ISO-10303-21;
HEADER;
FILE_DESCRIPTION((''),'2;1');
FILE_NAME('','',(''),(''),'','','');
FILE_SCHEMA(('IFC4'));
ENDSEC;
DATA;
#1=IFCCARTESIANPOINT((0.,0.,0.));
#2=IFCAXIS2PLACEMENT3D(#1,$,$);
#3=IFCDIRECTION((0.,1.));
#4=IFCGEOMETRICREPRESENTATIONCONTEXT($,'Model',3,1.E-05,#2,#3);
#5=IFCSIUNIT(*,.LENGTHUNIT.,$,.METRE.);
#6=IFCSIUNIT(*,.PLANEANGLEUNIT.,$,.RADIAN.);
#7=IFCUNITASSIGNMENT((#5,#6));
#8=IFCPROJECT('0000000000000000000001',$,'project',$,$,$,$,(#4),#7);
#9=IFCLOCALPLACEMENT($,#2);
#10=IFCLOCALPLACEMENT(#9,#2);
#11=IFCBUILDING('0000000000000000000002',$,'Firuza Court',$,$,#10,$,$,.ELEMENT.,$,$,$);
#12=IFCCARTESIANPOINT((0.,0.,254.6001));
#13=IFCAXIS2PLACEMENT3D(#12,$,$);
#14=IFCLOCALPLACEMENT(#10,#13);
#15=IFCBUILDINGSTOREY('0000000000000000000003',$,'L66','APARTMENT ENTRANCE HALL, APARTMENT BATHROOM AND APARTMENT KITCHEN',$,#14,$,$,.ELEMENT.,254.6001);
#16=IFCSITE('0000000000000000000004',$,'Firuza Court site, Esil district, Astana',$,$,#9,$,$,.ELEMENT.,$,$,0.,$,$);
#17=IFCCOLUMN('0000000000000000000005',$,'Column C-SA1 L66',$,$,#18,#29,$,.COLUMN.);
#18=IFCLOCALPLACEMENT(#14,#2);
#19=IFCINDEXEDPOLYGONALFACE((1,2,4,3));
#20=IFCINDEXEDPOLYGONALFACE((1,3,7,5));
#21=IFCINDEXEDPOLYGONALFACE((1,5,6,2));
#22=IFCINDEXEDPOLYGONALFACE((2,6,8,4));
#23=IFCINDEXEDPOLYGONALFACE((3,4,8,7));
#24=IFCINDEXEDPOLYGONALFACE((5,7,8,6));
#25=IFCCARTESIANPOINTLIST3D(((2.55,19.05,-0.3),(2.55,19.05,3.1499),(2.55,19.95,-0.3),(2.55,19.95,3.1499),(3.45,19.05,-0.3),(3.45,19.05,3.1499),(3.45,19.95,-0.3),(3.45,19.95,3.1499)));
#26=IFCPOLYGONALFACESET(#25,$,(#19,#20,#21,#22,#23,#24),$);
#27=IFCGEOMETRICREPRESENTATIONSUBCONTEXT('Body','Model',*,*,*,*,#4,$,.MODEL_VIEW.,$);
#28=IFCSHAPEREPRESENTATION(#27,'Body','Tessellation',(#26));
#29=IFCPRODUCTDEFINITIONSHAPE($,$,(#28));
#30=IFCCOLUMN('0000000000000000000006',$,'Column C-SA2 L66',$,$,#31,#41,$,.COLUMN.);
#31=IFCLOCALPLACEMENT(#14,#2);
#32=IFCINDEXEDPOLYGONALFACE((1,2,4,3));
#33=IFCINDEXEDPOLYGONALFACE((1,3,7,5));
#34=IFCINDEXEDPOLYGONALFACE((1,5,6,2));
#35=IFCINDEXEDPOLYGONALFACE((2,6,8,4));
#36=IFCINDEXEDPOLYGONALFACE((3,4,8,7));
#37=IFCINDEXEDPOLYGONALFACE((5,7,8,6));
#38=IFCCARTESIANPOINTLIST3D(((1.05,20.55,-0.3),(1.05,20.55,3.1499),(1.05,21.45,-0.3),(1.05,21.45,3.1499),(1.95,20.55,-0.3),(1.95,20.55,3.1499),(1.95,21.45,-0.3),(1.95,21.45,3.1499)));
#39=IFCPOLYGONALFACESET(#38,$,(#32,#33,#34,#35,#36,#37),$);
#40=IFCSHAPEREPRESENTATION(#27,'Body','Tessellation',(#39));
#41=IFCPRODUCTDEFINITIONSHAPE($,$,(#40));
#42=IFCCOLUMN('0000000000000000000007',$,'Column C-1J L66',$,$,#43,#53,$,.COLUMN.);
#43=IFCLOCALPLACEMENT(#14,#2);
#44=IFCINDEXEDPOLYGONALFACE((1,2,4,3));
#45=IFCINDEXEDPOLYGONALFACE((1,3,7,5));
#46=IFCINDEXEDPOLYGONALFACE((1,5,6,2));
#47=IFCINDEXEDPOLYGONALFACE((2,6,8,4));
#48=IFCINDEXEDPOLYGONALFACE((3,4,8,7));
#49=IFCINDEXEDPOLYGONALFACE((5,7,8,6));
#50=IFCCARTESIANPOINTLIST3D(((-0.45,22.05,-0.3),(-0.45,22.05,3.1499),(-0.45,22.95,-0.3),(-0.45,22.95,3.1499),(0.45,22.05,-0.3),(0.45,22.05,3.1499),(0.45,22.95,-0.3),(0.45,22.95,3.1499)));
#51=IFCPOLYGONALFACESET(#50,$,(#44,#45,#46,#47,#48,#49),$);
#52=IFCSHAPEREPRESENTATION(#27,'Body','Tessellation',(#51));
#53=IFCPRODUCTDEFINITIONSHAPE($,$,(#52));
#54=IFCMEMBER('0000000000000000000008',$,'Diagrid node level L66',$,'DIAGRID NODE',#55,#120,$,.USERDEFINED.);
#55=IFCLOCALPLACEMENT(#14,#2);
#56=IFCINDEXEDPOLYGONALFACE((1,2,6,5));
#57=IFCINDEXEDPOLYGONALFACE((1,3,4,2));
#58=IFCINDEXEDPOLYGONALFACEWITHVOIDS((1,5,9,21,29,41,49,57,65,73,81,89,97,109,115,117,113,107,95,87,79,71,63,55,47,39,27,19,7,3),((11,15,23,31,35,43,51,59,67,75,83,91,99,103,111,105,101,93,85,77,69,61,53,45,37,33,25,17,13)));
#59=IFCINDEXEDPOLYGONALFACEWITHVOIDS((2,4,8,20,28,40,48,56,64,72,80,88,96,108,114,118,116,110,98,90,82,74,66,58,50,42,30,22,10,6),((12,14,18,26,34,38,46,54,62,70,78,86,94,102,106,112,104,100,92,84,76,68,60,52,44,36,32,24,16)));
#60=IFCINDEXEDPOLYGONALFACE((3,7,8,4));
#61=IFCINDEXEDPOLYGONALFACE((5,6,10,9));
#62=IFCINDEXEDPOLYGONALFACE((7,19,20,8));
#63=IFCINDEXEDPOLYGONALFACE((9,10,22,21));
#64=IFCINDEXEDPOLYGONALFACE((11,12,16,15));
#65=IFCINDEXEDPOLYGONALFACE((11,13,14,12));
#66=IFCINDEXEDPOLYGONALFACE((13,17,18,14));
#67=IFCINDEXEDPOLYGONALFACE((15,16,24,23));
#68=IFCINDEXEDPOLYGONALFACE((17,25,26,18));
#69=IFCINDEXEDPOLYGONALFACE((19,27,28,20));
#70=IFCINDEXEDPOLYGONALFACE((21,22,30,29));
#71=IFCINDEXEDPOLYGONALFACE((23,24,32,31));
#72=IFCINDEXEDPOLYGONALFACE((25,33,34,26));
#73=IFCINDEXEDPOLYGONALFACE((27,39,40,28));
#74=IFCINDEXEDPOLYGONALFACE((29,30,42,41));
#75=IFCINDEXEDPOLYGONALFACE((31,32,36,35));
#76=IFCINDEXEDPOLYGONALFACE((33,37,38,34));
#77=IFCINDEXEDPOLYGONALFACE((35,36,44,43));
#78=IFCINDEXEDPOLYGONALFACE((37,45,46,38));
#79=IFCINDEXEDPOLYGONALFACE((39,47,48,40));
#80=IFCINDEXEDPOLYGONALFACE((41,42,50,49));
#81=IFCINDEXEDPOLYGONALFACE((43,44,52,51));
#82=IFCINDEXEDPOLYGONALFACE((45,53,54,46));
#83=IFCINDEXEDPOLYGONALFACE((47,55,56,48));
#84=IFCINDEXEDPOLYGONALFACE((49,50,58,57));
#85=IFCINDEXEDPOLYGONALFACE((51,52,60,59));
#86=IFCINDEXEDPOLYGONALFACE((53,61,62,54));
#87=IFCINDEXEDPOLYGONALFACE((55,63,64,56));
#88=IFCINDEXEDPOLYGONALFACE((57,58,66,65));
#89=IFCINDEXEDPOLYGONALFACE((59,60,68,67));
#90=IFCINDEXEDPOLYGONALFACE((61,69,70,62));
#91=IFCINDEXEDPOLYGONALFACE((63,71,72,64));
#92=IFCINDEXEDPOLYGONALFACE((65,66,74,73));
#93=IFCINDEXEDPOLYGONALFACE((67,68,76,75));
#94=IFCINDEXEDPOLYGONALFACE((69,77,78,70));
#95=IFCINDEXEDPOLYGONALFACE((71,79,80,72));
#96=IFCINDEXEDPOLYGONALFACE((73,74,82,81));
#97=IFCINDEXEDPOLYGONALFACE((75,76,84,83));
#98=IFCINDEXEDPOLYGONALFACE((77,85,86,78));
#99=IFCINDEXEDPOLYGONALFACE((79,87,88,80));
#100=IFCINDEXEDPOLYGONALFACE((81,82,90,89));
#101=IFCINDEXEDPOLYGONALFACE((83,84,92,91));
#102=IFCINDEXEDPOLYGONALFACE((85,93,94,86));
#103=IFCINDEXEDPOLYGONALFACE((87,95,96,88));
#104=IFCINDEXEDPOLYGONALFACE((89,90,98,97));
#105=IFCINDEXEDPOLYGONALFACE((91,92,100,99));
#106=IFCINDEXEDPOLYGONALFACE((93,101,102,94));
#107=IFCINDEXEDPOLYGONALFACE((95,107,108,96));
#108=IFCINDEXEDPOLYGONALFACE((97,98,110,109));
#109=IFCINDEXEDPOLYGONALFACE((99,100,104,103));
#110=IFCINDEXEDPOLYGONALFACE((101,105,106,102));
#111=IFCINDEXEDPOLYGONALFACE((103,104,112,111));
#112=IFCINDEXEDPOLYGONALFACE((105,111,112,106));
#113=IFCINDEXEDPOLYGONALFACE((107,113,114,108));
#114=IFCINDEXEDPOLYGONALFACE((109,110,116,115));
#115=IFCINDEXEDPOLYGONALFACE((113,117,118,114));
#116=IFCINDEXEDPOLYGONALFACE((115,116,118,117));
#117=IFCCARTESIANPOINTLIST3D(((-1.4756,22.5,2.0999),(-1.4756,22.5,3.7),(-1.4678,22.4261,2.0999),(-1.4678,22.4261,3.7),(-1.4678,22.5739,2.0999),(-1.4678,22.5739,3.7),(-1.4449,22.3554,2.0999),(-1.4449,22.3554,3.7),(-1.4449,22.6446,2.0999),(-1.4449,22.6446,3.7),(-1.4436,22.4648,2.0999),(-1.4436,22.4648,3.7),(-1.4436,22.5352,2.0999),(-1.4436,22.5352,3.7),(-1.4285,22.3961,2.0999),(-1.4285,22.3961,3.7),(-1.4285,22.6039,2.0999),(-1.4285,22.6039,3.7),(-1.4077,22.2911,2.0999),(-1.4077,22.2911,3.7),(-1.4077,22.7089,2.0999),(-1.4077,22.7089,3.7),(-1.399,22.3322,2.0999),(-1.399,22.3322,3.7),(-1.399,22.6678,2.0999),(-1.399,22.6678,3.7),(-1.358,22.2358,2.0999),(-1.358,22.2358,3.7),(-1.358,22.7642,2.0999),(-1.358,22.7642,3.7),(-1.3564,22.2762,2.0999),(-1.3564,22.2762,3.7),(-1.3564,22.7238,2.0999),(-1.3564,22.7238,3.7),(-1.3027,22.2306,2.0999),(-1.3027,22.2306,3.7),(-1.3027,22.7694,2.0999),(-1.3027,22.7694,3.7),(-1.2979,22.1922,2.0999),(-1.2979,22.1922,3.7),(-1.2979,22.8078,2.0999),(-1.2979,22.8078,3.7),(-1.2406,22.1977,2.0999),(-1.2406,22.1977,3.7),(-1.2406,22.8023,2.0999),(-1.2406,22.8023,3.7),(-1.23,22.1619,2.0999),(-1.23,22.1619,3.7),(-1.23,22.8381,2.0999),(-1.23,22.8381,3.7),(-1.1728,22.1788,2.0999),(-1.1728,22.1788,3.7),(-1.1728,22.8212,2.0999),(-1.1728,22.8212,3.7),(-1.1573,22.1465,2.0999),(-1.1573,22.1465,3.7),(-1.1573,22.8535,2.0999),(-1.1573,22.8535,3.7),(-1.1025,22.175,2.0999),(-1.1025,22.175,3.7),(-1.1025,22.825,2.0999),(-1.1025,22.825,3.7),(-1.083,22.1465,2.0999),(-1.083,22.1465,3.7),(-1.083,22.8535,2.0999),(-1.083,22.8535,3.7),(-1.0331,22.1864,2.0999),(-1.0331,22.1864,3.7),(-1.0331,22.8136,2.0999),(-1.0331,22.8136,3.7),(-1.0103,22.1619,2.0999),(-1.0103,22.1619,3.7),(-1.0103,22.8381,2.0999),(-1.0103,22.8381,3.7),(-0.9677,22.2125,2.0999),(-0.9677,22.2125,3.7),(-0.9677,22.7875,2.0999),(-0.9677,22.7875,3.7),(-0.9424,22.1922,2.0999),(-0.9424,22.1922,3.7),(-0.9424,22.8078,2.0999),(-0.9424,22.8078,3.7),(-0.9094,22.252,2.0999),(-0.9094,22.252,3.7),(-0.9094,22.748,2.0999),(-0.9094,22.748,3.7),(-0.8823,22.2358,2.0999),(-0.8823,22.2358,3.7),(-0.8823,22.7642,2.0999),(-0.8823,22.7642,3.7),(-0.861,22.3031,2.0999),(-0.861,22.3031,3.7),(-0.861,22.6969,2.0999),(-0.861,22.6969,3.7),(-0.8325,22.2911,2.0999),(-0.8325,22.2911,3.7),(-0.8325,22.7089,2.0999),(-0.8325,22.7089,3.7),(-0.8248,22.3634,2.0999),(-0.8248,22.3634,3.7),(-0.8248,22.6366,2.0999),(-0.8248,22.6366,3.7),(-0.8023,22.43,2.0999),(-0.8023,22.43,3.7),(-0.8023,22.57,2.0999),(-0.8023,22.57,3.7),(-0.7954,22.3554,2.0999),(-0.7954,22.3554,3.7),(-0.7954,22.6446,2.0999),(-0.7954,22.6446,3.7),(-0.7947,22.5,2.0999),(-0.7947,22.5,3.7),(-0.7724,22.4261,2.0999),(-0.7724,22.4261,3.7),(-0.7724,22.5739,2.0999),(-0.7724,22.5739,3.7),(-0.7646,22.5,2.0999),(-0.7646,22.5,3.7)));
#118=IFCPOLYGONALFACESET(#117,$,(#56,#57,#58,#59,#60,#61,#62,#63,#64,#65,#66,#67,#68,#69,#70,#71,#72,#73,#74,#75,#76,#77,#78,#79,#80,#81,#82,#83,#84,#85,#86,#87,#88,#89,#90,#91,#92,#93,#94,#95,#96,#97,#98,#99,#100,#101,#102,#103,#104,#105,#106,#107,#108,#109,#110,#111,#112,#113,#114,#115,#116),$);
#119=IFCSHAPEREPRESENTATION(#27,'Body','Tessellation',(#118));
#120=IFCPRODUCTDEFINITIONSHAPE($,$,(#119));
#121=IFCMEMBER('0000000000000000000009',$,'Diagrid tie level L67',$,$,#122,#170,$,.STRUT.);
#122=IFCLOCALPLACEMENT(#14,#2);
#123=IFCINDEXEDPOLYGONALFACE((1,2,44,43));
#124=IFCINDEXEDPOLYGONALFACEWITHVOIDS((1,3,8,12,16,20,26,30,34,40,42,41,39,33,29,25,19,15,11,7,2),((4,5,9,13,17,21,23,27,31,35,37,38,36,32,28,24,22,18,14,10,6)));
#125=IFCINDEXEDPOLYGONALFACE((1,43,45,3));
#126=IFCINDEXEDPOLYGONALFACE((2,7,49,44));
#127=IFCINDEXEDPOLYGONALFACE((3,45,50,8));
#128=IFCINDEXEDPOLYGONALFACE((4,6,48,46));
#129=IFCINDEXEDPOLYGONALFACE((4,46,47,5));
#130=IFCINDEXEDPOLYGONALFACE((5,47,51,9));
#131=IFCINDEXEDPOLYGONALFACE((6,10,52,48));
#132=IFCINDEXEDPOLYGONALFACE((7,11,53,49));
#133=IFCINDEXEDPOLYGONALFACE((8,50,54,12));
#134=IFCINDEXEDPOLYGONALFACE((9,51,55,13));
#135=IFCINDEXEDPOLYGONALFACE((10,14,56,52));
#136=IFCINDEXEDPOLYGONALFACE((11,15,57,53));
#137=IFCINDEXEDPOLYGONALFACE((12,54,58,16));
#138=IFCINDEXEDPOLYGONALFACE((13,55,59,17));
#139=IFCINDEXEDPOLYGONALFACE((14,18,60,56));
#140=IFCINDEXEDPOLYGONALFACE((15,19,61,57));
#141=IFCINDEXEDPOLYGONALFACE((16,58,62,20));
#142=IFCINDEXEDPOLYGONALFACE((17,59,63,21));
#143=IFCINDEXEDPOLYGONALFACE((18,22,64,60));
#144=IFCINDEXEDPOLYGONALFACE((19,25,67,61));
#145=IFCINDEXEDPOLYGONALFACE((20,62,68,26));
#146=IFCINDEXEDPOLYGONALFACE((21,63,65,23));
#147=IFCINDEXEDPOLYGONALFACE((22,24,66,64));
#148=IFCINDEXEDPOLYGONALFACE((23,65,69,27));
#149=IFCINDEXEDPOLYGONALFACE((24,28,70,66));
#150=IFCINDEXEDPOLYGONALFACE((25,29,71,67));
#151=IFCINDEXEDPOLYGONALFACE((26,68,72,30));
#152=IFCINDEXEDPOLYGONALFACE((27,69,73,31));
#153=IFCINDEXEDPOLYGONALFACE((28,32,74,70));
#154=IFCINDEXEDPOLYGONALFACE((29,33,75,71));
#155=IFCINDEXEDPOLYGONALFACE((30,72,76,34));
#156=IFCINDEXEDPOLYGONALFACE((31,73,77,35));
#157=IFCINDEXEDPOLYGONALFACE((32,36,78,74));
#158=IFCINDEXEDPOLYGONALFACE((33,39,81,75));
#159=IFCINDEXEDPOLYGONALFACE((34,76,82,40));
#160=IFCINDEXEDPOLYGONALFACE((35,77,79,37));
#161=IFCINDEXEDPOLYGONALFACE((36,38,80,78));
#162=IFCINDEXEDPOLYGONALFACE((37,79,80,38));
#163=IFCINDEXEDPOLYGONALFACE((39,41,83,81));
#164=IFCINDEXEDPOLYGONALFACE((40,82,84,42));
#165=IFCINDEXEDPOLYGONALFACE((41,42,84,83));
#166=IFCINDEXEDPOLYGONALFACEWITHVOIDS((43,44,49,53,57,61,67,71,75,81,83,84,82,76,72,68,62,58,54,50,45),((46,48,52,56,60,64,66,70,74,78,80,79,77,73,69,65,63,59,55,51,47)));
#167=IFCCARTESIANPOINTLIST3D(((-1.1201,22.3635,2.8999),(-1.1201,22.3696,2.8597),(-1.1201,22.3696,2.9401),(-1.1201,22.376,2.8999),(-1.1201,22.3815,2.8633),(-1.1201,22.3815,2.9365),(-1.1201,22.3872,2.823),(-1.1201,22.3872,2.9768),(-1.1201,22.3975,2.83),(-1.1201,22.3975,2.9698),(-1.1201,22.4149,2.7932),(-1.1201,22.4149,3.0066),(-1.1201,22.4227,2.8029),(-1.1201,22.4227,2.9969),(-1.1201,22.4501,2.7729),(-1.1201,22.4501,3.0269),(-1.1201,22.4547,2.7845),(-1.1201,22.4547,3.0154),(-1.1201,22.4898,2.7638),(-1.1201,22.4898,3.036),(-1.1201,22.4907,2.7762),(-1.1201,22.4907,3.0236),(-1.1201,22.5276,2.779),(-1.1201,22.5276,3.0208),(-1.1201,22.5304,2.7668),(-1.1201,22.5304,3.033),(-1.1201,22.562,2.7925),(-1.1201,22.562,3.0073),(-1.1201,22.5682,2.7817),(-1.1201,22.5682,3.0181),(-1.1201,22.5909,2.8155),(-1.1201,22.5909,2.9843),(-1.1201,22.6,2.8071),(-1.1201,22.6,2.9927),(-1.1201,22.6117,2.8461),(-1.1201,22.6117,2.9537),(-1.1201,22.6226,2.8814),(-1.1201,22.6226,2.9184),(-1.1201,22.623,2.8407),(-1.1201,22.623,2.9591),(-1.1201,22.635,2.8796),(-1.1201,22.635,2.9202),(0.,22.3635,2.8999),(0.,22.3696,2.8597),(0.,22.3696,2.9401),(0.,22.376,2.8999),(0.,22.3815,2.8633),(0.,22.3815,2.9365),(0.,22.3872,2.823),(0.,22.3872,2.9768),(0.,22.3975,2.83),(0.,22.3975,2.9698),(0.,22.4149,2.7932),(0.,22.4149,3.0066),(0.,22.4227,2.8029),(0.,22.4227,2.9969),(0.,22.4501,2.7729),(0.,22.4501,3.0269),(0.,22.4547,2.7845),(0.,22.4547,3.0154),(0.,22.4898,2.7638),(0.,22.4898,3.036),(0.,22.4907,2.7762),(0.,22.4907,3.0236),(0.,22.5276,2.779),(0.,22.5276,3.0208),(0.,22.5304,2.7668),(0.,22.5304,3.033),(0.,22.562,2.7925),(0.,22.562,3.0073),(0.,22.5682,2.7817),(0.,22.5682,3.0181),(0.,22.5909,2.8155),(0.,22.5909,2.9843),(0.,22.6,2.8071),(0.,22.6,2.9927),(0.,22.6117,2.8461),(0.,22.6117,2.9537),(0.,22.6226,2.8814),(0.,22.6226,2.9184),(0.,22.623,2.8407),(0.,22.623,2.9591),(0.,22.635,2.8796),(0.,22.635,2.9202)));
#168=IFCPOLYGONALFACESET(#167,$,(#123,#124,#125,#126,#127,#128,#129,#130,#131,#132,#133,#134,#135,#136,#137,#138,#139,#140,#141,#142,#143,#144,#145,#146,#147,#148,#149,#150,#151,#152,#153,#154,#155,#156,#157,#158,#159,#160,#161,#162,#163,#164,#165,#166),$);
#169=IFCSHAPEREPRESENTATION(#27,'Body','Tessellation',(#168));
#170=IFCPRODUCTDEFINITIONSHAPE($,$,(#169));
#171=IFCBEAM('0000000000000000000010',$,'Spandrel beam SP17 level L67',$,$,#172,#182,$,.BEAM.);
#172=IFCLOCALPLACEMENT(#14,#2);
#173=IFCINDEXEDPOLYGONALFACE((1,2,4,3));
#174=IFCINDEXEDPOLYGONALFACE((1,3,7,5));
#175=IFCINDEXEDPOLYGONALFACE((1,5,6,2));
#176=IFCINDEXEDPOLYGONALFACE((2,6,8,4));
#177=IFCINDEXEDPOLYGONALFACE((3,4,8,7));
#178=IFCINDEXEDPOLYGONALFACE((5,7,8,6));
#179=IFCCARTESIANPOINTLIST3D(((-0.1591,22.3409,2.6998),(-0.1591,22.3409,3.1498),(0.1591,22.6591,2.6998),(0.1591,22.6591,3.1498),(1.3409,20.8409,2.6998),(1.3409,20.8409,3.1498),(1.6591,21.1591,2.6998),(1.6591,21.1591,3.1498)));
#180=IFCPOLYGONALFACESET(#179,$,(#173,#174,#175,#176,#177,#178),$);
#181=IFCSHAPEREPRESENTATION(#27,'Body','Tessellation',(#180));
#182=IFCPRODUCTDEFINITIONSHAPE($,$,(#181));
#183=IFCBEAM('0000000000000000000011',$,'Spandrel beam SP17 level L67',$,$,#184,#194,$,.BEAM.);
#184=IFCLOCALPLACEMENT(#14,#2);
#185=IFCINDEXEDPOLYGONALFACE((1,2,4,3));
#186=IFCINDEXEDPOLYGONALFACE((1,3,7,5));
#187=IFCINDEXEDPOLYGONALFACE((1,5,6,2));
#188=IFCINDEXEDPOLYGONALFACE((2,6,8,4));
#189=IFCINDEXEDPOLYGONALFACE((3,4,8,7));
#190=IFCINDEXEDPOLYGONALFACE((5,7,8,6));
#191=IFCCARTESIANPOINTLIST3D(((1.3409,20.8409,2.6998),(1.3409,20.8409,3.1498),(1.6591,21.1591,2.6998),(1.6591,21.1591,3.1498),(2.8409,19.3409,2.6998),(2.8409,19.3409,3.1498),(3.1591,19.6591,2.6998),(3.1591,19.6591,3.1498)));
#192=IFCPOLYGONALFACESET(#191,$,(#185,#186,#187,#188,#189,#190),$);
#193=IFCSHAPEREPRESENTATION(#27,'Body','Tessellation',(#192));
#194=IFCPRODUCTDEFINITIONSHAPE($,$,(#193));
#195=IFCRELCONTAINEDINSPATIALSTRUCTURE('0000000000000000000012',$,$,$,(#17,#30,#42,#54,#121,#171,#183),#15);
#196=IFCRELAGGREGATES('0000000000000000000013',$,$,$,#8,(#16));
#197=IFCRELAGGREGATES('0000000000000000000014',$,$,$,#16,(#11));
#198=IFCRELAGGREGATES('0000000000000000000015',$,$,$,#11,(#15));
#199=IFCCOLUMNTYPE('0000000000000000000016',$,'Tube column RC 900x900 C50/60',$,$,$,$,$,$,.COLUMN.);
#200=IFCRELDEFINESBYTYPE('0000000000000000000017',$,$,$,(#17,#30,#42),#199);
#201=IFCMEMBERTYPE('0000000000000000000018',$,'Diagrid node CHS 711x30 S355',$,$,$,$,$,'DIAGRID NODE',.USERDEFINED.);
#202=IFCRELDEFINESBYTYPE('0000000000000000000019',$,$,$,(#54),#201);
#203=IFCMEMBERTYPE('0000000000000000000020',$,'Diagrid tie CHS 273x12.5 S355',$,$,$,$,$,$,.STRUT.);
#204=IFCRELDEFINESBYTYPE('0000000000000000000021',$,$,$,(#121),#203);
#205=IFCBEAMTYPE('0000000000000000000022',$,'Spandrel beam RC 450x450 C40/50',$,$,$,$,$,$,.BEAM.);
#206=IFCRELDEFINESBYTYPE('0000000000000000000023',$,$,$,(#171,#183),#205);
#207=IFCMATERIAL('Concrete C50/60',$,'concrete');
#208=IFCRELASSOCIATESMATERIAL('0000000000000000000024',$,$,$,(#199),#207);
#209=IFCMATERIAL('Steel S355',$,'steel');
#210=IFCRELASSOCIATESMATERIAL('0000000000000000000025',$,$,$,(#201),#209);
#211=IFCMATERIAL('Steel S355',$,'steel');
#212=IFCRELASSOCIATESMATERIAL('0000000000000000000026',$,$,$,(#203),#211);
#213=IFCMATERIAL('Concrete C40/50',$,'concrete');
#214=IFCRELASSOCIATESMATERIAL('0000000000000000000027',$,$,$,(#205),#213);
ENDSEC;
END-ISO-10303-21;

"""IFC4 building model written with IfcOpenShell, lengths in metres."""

from ifc_helpers import new_model, si_unit, direction, frame, origin, origin_2d, place, context, subcontext, project, spatial, rectangle, hollow_circle, extrude, material, material_profile, profile_set, type_object, element, save


model = new_model("IFC4")

# Units and contexts
model_context = context("Model", 3, precision=1e-05, world=origin(), true_north=direction((0.0, 1.0)))
body_context = subcontext(model_context, "Body", "Model", "MODEL_VIEW")
ifc_project = project(units=[si_unit("LENGTHUNIT", "METRE"), si_unit("PLANEANGLEUNIT", "RADIAN")], contexts=[model_context])

# Site, building, storey
site_placement = place(None, origin())
site = spatial("IfcSite", under=ifc_project, at=site_placement, Name="Firuza Court site, Esil district, Astana", CompositionType="ELEMENT", RefElevation=0.0)
building_placement = place(site_placement, origin())
building = spatial("IfcBuilding", under=site, at=building_placement, Name="Firuza Court", CompositionType="ELEMENT")
storey_placement = place(building_placement, frame((0.0, 0.0, 254.6001)))
storey = spatial("IfcBuildingStorey", under=building, at=storey_placement, Name="L66", Description="APARTMENT ENTRANCE HALL, APARTMENT BATHROOM AND APARTMENT KITCHEN", CompositionType="ELEMENT", Elevation=254.6001)

# Columns
ifc_material_1 = material(Name="Concrete C50/60", Category="concrete")
ifc_material_profile_1 = material_profile(ifc_material_1, rectangle(XDim=0.8999, YDim=0.8999, at=origin_2d()), Name="RC 900x900")
ifc_profile_set_1 = profile_set([ifc_material_profile_1], Name="Concrete C50/60")
column_type = type_object("IfcColumnType", Name="Tube column RC 900x900 C50/60", PredefinedType="COLUMN", material=ifc_profile_set_1)
for number, where, z_axis, x_axis, name in (
    (1, (3.0, 19.5, -0.3), (0.0, 0.0, 1.0), (1.0, 0.0, 0.0), "Column C-SA1 L66"),
    (2, (1.5, 21.0, -0.3), (0.0, 0.0, 1.0), (1.0, 0.0, 0.0), "Column C-SA2 L66"),
    (3, (0.0, 22.5, -0.3), (0.0, 0.0, 1.0), (1.0, 0.0, 0.0), "Column C-1J L66"),
):
    element("IfcColumn", number, at=place(storey_placement, frame(where, z_axis=z_axis, x_axis=x_axis)), inside=storey, type_object=column_type, Name=name, PredefinedType="COLUMN", context=body_context, shape_type="SweptSolid", body=[
        extrude(rectangle(XDim=0.8999, YDim=0.8999, at=origin_2d()), origin(), (0.0, 0.0, 1.0), 3.45),
    ])

# Members
ifc_material_2 = material(Name="Steel S355", Category="steel")
ifc_material_profile_2 = material_profile(ifc_material_2, hollow_circle(Radius=0.3555, WallThickness=0.03, at=origin_2d()), Name="CHS 711x30")
ifc_profile_set_2 = profile_set([ifc_material_profile_2], Name="Steel S355")
member_type_1 = type_object("IfcMemberType", Name="Diagrid node CHS 711x30 S355", ElementType="DIAGRID NODE", PredefinedType="USERDEFINED", material=ifc_profile_set_2)
member_1_placement = place(storey_placement, frame((-1.1201, 22.5, 2.0999), z_axis=(0.0, 0.0, 1.0), x_axis=(1.0, 0.0, 0.0)))
element("IfcMember", 4, at=member_1_placement, inside=storey, type_object=member_type_1, Name="Diagrid node level L66", ObjectType="DIAGRID NODE", PredefinedType="USERDEFINED", context=body_context, shape_type="SweptSolid", body=[
    extrude(hollow_circle(Radius=0.3555, WallThickness=0.03, at=origin_2d()), origin(), (0.0, 0.0, 1.0), 1.6001),
])
ifc_material_3 = material(Name="Steel S355", Category="steel")
ifc_material_profile_3 = material_profile(ifc_material_3, hollow_circle(Radius=0.1365, WallThickness=0.0125, at=origin_2d()), Name="CHS 273x12.5")
ifc_profile_set_3 = profile_set([ifc_material_profile_3], Name="Steel S355")
member_type_2 = type_object("IfcMemberType", Name="Diagrid tie CHS 273x12.5 S355", PredefinedType="STRUT", material=ifc_profile_set_3)
member_2_placement = place(storey_placement, frame((0.0, 22.5, 2.8999), z_axis=(-1.0, 0.0, 0.0), x_axis=(0.0, -1.0, 0.0)))
element("IfcMember", 5, at=member_2_placement, inside=storey, type_object=member_type_2, Name="Diagrid tie level L67", PredefinedType="STRUT", context=body_context, shape_type="SweptSolid", body=[
    extrude(hollow_circle(Radius=0.1365, WallThickness=0.0125, at=origin_2d()), origin(), (0.0, 0.0, 1.0), 1.1201),
])

# Beams
ifc_material_4 = material(Name="Concrete C40/50", Category="concrete")
ifc_material_profile_4 = material_profile(ifc_material_4, rectangle(XDim=0.45, YDim=0.45, at=origin_2d()), Name="RC 450x450")
ifc_profile_set_4 = profile_set([ifc_material_profile_4], Name="Concrete C40/50")
beam_type = type_object("IfcBeamType", Name="Spandrel beam RC 450x450 C40/50", PredefinedType="BEAM", material=ifc_profile_set_4)
for number, where, z_axis, x_axis, name in (
    (6, (0.0, 22.5, 2.9248), (0.707107, -0.707107, 0.0), (0.707107, 0.707107, 0.0), "Spandrel beam SP17 level L67"),
    (7, (1.5, 21.0, 2.9248), (0.707107, -0.707107, 0.0), (0.707107, 0.707107, 0.0), "Spandrel beam SP17 level L67"),
):
    element("IfcBeam", number, at=place(storey_placement, frame(where, z_axis=z_axis, x_axis=x_axis)), inside=storey, type_object=beam_type, Name=name, PredefinedType="BEAM", context=body_context, shape_type="SweptSolid", body=[
        extrude(rectangle(XDim=0.45, YDim=0.45, at=origin_2d()), origin(), (0.0, 0.0, 1.0), 2.1213),
    ])

save(model, "model.ifc")
